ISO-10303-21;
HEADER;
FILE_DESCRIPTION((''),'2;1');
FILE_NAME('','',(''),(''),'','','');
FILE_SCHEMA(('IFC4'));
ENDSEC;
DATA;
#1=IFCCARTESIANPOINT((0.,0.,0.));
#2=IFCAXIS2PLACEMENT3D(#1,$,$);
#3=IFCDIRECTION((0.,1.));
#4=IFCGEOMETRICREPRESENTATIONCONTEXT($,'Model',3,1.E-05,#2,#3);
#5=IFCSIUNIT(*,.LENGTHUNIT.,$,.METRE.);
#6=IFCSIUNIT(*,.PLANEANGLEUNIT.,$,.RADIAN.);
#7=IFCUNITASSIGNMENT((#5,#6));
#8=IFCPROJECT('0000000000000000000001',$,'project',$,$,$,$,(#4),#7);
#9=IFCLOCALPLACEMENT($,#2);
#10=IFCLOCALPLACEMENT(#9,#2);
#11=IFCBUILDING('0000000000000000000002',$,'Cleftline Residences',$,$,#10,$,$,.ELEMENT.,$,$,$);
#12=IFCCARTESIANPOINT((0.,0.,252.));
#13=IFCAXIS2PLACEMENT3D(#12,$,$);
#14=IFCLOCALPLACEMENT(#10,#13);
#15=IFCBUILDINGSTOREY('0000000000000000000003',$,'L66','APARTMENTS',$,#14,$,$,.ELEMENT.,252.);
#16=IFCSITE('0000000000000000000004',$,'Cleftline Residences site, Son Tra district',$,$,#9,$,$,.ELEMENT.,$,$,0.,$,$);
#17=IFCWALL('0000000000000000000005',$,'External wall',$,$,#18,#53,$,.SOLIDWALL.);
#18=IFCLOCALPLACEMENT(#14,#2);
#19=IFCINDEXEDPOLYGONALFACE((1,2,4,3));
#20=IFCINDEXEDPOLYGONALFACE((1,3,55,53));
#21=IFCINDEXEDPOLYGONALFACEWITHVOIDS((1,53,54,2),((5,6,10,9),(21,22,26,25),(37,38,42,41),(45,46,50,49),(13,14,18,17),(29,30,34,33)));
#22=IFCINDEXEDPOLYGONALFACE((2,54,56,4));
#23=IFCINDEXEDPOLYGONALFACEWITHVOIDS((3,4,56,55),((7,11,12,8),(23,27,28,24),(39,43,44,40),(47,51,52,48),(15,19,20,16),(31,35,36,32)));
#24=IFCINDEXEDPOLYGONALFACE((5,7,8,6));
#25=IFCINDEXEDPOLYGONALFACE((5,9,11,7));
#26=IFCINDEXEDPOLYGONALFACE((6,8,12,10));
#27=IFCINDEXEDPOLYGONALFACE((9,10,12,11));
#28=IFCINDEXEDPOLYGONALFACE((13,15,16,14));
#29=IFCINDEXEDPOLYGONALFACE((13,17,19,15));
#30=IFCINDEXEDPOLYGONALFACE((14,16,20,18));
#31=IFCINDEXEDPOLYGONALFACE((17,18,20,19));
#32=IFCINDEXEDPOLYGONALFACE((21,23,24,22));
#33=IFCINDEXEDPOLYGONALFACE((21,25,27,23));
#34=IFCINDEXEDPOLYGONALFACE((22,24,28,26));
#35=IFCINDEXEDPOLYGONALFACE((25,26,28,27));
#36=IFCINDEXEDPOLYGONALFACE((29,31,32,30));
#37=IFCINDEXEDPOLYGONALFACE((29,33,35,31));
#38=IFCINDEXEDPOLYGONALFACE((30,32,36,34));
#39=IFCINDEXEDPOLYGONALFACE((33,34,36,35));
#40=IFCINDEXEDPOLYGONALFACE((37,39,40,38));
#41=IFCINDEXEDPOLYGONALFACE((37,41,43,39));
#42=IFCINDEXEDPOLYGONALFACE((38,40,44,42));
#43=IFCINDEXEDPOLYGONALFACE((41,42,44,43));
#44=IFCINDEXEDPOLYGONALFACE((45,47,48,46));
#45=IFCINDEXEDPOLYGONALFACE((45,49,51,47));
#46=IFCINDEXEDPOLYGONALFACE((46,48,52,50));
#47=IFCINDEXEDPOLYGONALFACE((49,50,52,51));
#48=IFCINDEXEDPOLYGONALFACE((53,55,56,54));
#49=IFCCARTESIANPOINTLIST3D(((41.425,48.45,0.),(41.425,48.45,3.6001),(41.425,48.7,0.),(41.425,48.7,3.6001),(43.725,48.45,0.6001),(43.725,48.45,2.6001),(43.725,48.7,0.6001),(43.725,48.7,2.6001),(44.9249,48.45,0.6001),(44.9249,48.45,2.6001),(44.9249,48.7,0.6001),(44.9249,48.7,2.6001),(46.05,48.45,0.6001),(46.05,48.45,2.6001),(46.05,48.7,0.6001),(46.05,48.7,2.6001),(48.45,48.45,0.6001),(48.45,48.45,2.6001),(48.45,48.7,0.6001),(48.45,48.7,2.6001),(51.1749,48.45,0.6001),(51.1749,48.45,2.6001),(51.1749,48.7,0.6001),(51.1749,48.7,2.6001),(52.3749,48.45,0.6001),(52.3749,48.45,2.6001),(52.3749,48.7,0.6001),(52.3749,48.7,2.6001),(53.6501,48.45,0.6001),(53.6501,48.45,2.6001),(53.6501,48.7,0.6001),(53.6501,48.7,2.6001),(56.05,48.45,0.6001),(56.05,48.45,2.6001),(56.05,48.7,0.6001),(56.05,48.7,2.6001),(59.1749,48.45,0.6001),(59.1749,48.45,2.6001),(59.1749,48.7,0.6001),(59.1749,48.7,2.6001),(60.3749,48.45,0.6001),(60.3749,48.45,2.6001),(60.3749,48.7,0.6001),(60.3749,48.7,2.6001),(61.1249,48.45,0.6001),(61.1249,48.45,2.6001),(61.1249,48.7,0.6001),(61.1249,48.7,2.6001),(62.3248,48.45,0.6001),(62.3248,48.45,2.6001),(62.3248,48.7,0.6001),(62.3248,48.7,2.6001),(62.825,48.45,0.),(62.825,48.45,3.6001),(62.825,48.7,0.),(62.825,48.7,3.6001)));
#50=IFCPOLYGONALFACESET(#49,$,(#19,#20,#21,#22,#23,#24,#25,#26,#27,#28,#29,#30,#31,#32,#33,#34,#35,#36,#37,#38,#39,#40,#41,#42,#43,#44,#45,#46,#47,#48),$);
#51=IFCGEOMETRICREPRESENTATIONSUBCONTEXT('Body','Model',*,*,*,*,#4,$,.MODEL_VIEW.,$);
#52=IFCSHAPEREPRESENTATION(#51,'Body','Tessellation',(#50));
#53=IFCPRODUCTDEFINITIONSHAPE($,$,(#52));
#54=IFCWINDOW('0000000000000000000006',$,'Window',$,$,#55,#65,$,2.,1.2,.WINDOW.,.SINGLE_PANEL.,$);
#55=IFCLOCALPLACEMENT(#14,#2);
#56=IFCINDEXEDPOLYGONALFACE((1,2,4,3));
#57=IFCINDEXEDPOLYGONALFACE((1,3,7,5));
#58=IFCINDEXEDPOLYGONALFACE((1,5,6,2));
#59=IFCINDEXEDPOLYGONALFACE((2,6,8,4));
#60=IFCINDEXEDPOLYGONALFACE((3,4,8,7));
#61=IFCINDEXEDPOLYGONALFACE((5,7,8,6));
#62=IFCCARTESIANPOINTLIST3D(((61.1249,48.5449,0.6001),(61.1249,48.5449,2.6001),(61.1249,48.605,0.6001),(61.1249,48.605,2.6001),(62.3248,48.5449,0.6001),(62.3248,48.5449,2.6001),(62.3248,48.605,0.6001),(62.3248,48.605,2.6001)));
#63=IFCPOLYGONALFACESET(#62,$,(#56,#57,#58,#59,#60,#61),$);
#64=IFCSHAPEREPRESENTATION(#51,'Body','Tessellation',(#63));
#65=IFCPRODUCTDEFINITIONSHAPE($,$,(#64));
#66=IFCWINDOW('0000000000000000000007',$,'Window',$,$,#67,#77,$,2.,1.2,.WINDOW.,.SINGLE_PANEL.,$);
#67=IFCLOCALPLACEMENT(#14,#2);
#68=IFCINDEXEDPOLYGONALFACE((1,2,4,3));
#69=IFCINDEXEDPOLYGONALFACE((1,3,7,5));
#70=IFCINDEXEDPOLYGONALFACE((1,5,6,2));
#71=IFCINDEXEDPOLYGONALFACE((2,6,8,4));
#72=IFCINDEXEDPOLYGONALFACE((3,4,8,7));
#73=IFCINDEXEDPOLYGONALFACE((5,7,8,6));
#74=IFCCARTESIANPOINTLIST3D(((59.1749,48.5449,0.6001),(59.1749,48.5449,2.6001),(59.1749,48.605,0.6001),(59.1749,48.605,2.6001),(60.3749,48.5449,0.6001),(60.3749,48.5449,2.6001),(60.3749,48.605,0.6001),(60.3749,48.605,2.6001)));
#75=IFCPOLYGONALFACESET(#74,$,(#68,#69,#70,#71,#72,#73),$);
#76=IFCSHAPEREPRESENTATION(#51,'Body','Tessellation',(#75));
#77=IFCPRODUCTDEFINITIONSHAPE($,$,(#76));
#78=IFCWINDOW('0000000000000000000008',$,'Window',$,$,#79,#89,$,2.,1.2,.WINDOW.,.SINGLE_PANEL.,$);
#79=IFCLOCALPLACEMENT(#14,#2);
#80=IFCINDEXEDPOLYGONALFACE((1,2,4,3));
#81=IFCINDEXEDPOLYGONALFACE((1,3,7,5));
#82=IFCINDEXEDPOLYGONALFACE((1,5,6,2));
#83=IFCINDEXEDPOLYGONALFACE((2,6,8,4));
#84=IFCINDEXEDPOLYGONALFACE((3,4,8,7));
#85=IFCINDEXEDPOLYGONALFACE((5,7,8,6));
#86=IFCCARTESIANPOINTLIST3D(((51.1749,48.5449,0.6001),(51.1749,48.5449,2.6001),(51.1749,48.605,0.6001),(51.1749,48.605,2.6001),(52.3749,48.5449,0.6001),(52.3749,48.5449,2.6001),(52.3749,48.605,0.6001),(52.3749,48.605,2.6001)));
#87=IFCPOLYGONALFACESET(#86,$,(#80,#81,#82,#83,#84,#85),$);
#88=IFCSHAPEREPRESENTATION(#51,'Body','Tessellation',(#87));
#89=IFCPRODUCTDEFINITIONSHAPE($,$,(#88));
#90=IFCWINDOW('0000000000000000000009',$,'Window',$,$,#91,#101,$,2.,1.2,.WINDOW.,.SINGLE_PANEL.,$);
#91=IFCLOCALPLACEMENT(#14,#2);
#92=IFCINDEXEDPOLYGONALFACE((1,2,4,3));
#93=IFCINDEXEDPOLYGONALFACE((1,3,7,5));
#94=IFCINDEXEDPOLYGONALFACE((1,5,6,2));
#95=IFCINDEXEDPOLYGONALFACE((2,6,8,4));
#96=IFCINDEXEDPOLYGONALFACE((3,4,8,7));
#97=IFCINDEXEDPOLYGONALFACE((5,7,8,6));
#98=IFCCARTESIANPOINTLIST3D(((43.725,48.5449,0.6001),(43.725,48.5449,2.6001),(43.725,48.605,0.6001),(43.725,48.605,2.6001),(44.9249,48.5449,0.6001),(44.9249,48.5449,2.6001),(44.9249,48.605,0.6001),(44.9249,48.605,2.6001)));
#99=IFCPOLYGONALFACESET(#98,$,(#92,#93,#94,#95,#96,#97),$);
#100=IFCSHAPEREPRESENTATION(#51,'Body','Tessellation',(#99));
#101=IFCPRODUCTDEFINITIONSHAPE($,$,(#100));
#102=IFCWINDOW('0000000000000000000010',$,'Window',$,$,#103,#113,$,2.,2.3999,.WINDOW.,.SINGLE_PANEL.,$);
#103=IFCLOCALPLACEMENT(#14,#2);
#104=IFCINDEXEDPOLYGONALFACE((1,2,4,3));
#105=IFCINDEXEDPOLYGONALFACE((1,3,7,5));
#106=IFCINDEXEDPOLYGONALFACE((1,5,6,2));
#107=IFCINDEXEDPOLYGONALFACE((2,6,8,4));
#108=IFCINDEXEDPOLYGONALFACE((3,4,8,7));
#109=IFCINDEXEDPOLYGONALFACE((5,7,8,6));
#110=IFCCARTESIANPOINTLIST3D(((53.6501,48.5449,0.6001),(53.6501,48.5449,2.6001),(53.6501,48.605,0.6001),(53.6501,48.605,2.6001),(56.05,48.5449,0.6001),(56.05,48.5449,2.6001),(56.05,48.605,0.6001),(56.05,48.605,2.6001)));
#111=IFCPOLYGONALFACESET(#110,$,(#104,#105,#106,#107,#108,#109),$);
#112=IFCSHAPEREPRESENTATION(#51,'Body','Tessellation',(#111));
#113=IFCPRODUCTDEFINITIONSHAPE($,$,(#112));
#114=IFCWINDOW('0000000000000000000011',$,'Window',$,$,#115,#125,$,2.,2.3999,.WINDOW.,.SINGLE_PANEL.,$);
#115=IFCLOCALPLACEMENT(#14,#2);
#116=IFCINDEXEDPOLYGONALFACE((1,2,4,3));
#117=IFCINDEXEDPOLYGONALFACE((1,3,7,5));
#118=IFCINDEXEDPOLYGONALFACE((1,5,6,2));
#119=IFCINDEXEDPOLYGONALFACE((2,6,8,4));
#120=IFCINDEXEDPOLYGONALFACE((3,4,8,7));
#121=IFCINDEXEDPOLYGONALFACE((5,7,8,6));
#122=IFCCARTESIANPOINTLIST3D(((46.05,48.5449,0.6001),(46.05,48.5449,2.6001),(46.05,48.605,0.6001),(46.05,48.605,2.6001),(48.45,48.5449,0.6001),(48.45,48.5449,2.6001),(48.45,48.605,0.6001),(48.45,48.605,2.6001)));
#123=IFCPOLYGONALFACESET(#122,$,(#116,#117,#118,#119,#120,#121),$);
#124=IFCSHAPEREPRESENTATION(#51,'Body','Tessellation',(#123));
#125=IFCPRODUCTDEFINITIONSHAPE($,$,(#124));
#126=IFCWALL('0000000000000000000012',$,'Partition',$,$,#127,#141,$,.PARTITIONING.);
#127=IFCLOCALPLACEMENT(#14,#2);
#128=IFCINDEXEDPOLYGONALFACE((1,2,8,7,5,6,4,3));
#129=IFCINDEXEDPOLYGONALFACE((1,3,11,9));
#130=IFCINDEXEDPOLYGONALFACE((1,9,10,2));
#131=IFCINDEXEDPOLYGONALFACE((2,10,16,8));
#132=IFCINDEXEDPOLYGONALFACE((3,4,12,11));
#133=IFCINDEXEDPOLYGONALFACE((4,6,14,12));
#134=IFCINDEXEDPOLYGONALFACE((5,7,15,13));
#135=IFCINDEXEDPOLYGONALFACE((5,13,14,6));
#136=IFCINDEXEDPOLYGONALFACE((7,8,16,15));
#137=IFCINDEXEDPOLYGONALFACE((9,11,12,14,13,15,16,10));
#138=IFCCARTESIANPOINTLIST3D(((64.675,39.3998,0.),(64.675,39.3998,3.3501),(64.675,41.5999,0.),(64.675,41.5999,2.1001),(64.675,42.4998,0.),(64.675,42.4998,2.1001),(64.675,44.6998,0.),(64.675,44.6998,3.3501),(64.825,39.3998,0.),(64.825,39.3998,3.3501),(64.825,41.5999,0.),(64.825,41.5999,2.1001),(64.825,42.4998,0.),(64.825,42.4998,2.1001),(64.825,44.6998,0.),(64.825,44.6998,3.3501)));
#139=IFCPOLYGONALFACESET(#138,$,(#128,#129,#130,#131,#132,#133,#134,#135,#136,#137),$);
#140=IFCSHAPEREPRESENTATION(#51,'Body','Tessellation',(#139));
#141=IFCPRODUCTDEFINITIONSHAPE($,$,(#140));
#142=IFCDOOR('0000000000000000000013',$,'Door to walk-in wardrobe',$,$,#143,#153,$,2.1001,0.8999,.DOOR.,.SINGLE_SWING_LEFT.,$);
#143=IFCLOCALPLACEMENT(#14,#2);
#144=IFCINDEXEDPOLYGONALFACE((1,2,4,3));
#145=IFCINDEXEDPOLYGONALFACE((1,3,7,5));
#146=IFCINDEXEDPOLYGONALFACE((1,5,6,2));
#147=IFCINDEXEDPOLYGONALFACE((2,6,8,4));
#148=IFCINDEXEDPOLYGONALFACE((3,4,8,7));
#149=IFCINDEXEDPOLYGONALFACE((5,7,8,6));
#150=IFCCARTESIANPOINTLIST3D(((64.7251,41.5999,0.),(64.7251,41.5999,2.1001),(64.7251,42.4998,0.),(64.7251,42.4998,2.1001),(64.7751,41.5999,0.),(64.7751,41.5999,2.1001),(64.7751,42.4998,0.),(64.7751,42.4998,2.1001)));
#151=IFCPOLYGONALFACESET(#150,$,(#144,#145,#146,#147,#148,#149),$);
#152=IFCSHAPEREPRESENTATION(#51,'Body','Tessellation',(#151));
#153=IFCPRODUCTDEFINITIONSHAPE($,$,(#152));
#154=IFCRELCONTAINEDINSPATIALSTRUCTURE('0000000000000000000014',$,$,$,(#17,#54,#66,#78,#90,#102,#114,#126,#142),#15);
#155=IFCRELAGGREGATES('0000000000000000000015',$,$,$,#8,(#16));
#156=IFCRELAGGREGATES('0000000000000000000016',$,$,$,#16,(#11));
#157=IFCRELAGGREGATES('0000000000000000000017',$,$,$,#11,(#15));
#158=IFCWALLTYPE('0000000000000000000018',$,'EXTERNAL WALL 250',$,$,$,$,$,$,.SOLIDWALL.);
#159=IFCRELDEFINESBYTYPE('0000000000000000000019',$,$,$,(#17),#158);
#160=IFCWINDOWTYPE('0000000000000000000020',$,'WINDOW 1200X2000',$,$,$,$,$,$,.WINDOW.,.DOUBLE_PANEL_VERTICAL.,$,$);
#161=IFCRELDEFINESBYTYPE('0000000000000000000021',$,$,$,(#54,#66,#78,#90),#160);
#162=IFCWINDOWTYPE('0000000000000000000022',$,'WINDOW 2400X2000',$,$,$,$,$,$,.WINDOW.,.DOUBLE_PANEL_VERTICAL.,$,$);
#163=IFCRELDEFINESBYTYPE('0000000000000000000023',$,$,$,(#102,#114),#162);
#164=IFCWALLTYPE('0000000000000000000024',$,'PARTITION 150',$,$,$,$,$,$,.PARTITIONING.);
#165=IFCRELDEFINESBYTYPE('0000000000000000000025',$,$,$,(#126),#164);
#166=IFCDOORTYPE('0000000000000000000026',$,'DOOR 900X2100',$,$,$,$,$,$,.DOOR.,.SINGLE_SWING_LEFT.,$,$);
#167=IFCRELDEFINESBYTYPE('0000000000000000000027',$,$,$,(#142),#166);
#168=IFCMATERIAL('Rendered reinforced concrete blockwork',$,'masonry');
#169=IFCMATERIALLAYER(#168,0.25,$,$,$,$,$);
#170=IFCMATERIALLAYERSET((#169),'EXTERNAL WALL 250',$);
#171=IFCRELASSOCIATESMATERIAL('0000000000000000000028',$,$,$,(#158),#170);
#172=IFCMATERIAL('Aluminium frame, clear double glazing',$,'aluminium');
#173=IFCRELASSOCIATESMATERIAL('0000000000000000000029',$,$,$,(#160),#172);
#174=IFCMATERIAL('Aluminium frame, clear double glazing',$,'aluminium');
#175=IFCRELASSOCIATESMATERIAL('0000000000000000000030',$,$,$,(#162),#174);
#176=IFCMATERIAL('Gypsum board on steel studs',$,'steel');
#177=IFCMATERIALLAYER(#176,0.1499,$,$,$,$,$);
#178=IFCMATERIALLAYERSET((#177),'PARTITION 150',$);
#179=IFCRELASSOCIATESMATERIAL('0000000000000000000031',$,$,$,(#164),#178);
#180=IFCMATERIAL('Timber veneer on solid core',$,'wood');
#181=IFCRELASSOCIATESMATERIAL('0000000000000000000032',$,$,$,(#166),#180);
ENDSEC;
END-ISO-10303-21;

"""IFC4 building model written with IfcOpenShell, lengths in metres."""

from ifc_helpers import new_model, si_unit, direction, frame, frame_2d, origin, place, context, subcontext, project, spatial, rectangle, extrude, material, layer, layer_set, type_object, element, fill, save


model = new_model("IFC4")

# Units and contexts
model_context = context("Model", 3, precision=1e-05, world=origin(), true_north=direction((0.0, 1.0)))
body_context = subcontext(model_context, "Body", "Model", "MODEL_VIEW")
ifc_project = project(units=[si_unit("LENGTHUNIT", "METRE"), si_unit("PLANEANGLEUNIT", "RADIAN")], contexts=[model_context])

# Site, building, storey
site_placement = place(None, origin())
site = spatial("IfcSite", under=ifc_project, at=site_placement, Name="Cleftline Residences site, Son Tra district", CompositionType="ELEMENT", RefElevation=0.0)
building_placement = place(site_placement, origin())
building = spatial("IfcBuilding", under=site, at=building_placement, Name="Cleftline Residences", CompositionType="ELEMENT")
storey_placement = place(building_placement, frame((0.0, 0.0, 252.0)))
storey = spatial("IfcBuildingStorey", under=building, at=storey_placement, Name="L66", Description="APARTMENTS", CompositionType="ELEMENT", Elevation=252.0)

# Shared definitions
ifc_material_1 = material(Name="Rendered reinforced concrete blockwork", Category="masonry")
ifc_layer_1 = layer(ifc_material_1, 0.25)
ifc_layer_set_1 = layer_set([ifc_layer_1], Name="EXTERNAL WALL 250")
wall_type_1 = type_object("IfcWallType", Name="EXTERNAL WALL 250", PredefinedType="SOLIDWALL", material=ifc_layer_set_1)
ifc_material_2 = material(Name="Aluminium frame, clear double glazing", Category="aluminium")
window_type_1 = type_object("IfcWindowType", Name="WINDOW 1200X2000", PartitioningType="DOUBLE_PANEL_VERTICAL", PredefinedType="WINDOW", material=ifc_material_2)

# Shared definitions
ifc_material_3 = material(Name="Aluminium frame, clear double glazing", Category="aluminium")
window_type_2 = type_object("IfcWindowType", Name="WINDOW 2400X2000", PartitioningType="DOUBLE_PANEL_VERTICAL", PredefinedType="WINDOW", material=ifc_material_3)

# Wall, openings, windows
wall_1_placement = place(storey_placement, frame((62.825, 48.575, 0.0), z_axis=(0.0, 0.0, 1.0), x_axis=(-1.0, 0.0, 0.0)))
wall_1 = element("IfcWall", 1, at=wall_1_placement, inside=storey, type_object=wall_type_1, Name="External wall", PredefinedType="SOLIDWALL", context=body_context, shape_type="SweptSolid", body=[
    extrude(rectangle(XDim=21.3999, YDim=0.25, at=frame_2d((10.7, 0.0))), origin(), (0.0, 0.0, 1.0), 3.6001),
])
opening_1_placement = place(wall_1_placement, frame((0.5, 0.0, 0.6001)))
opening_1 = element("IfcOpeningElement", 2, at=opening_1_placement, cuts=wall_1, PredefinedType="OPENING", context=body_context, shape_type="SweptSolid", body=[
    extrude(rectangle(XDim=1.2, YDim=2.0, at=frame_2d((0.6001, 1.0))), frame((0.0, 0.135, 0.0), z_axis=(0.0, -1.0, 0.0), x_axis=(1.0, 0.0, 0.0)), (0.0, 0.0, 1.0), 0.27),
])
opening_2_placement = place(wall_1_placement, frame((2.45, 0.0, 0.6001)))
opening_2 = element("IfcOpeningElement", 3, at=opening_2_placement, cuts=wall_1, PredefinedType="OPENING", context=body_context, shape_type="SweptSolid", body=[
    extrude(rectangle(XDim=1.2, YDim=2.0, at=frame_2d((0.6001, 1.0))), frame((0.0, 0.135, 0.0), z_axis=(0.0, -1.0, 0.0), x_axis=(1.0, 0.0, 0.0)), (0.0, 0.0, 1.0), 0.27),
])
opening_3_placement = place(wall_1_placement, frame((6.7749, 0.0, 0.6001)))
opening_3 = element("IfcOpeningElement", 4, at=opening_3_placement, cuts=wall_1, PredefinedType="OPENING", context=body_context, shape_type="SweptSolid", body=[
    extrude(rectangle(XDim=2.3999, YDim=2.0, at=frame_2d((1.2, 1.0))), frame((0.0, 0.135, 0.0), z_axis=(0.0, -1.0, 0.0), x_axis=(1.0, 0.0, 0.0)), (0.0, 0.0, 1.0), 0.27),
])
opening_4_placement = place(wall_1_placement, frame((10.45, 0.0, 0.6001)))
opening_4 = element("IfcOpeningElement", 5, at=opening_4_placement, cuts=wall_1, PredefinedType="OPENING", context=body_context, shape_type="SweptSolid", body=[
    extrude(rectangle(XDim=1.2, YDim=2.0, at=frame_2d((0.6001, 1.0))), frame((0.0, 0.135, 0.0), z_axis=(0.0, -1.0, 0.0), x_axis=(1.0, 0.0, 0.0)), (0.0, 0.0, 1.0), 0.27),
])
opening_5_placement = place(wall_1_placement, frame((14.375, 0.0, 0.6001)))
opening_5 = element("IfcOpeningElement", 6, at=opening_5_placement, cuts=wall_1, PredefinedType="OPENING", context=body_context, shape_type="SweptSolid", body=[
    extrude(rectangle(XDim=2.3999, YDim=2.0, at=frame_2d((1.2, 1.0))), frame((0.0, 0.135, 0.0), z_axis=(0.0, -1.0, 0.0), x_axis=(1.0, 0.0, 0.0)), (0.0, 0.0, 1.0), 0.27),
])
opening_6_placement = place(wall_1_placement, frame((17.8999, 0.0, 0.6001)))
opening_6 = element("IfcOpeningElement", 7, at=opening_6_placement, cuts=wall_1, PredefinedType="OPENING", context=body_context, shape_type="SweptSolid", body=[
    extrude(rectangle(XDim=1.2, YDim=2.0, at=frame_2d((0.6001, 1.0))), frame((0.0, 0.135, 0.0), z_axis=(0.0, -1.0, 0.0), x_axis=(1.0, 0.0, 0.0)), (0.0, 0.0, 1.0), 0.27),
])
window_1_placement = place(opening_1_placement, origin())
window_1 = element("IfcWindow", 8, at=window_1_placement, inside=storey, type_object=window_type_1, Name="Window", OverallHeight=2.0, OverallWidth=1.2, PartitioningType="SINGLE_PANEL", PredefinedType="WINDOW", context=body_context, shape_type="SweptSolid", body=[
    extrude(rectangle(XDim=1.2, YDim=2.0, at=frame_2d((0.6001, 1.0))), frame((0.0, 0.03, 0.0), z_axis=(0.0, -1.0, 0.0), x_axis=(1.0, 0.0, 0.0)), (0.0, 0.0, 1.0), 0.0601),
])
fill(opening_1, window_1)
window_2_placement = place(opening_2_placement, origin())
window_2 = element("IfcWindow", 9, at=window_2_placement, inside=storey, type_object=window_type_1, Name="Window", OverallHeight=2.0, OverallWidth=1.2, PartitioningType="SINGLE_PANEL", PredefinedType="WINDOW", context=body_context, shape_type="SweptSolid", body=[
    extrude(rectangle(XDim=1.2, YDim=2.0, at=frame_2d((0.6001, 1.0))), frame((0.0, 0.03, 0.0), z_axis=(0.0, -1.0, 0.0), x_axis=(1.0, 0.0, 0.0)), (0.0, 0.0, 1.0), 0.0601),
])
fill(opening_2, window_2)
window_3_placement = place(opening_4_placement, origin())
window_3 = element("IfcWindow", 10, at=window_3_placement, inside=storey, type_object=window_type_1, Name="Window", OverallHeight=2.0, OverallWidth=1.2, PartitioningType="SINGLE_PANEL", PredefinedType="WINDOW", context=body_context, shape_type="SweptSolid", body=[
    extrude(rectangle(XDim=1.2, YDim=2.0, at=frame_2d((0.6001, 1.0))), frame((0.0, 0.03, 0.0), z_axis=(0.0, -1.0, 0.0), x_axis=(1.0, 0.0, 0.0)), (0.0, 0.0, 1.0), 0.0601),
])
fill(opening_4, window_3)
window_4_placement = place(opening_6_placement, origin())
window_4 = element("IfcWindow", 11, at=window_4_placement, inside=storey, type_object=window_type_1, Name="Window", OverallHeight=2.0, OverallWidth=1.2, PartitioningType="SINGLE_PANEL", PredefinedType="WINDOW", context=body_context, shape_type="SweptSolid", body=[
    extrude(rectangle(XDim=1.2, YDim=2.0, at=frame_2d((0.6001, 1.0))), frame((0.0, 0.03, 0.0), z_axis=(0.0, -1.0, 0.0), x_axis=(1.0, 0.0, 0.0)), (0.0, 0.0, 1.0), 0.0601),
])
fill(opening_6, window_4)
window_5_placement = place(opening_3_placement, origin())
window_5 = element("IfcWindow", 12, at=window_5_placement, inside=storey, type_object=window_type_2, Name="Window", OverallHeight=2.0, OverallWidth=2.3999, PartitioningType="SINGLE_PANEL", PredefinedType="WINDOW", context=body_context, shape_type="SweptSolid", body=[
    extrude(rectangle(XDim=2.3999, YDim=2.0, at=frame_2d((1.2, 1.0))), frame((0.0, 0.03, 0.0), z_axis=(0.0, -1.0, 0.0), x_axis=(1.0, 0.0, 0.0)), (0.0, 0.0, 1.0), 0.0601),
])
fill(opening_3, window_5)
window_6_placement = place(opening_5_placement, origin())
window_6 = element("IfcWindow", 13, at=window_6_placement, inside=storey, type_object=window_type_2, Name="Window", OverallHeight=2.0, OverallWidth=2.3999, PartitioningType="SINGLE_PANEL", PredefinedType="WINDOW", context=body_context, shape_type="SweptSolid", body=[
    extrude(rectangle(XDim=2.3999, YDim=2.0, at=frame_2d((1.2, 1.0))), frame((0.0, 0.03, 0.0), z_axis=(0.0, -1.0, 0.0), x_axis=(1.0, 0.0, 0.0)), (0.0, 0.0, 1.0), 0.0601),
])
fill(opening_5, window_6)

# Wall, opening, door
ifc_material_4 = material(Name="Gypsum board on steel studs", Category="steel")
ifc_layer_2 = layer(ifc_material_4, 0.1499)
ifc_layer_set_2 = layer_set([ifc_layer_2], Name="PARTITION 150")
wall_type_2 = type_object("IfcWallType", Name="PARTITION 150", PredefinedType="PARTITIONING", material=ifc_layer_set_2)
wall_2_placement = place(storey_placement, frame((64.75, 39.3999, 0.0), z_axis=(0.0, 0.0, 1.0), x_axis=(0.0, 1.0, 0.0)))
wall_2 = element("IfcWall", 14, at=wall_2_placement, inside=storey, type_object=wall_type_2, Name="Partition", PredefinedType="PARTITIONING", context=body_context, shape_type="SweptSolid", body=[
    extrude(rectangle(XDim=5.3, YDim=0.1499, at=frame_2d((2.6499, 0.0))), origin(), (0.0, 0.0, 1.0), 3.3501),
])
opening_7_placement = place(wall_2_placement, frame((2.2, 0.0, 0.0)))
opening_7 = element("IfcOpeningElement", 15, at=opening_7_placement, cuts=wall_2, PredefinedType="OPENING", context=body_context, shape_type="SweptSolid", body=[
    extrude(rectangle(XDim=0.8999, YDim=2.1001, at=frame_2d((0.45, 1.05))), frame((0.0, 0.085, 0.0), z_axis=(0.0, -1.0, 0.0), x_axis=(1.0, 0.0, 0.0)), (0.0, 0.0, 1.0), 0.1699),
])
ifc_material_5 = material(Name="Timber veneer on solid core", Category="wood")
door_type = type_object("IfcDoorType", Name="DOOR 900X2100", OperationType="SINGLE_SWING_LEFT", PredefinedType="DOOR", material=ifc_material_5)
door_placement = place(opening_7_placement, origin())
door = element("IfcDoor", 16, at=door_placement, inside=storey, type_object=door_type, Name="Door to walk-in wardrobe", OperationType="SINGLE_SWING_LEFT", OverallHeight=2.1001, OverallWidth=0.8999, PredefinedType="DOOR", context=body_context, shape_type="SweptSolid", body=[
    extrude(rectangle(XDim=0.8999, YDim=2.1001, at=frame_2d((0.45, 1.05))), frame((0.0, 0.0249, 0.0), z_axis=(0.0, -1.0, 0.0), x_axis=(1.0, 0.0, 0.0)), (0.0, 0.0, 1.0), 0.05),
])
fill(opening_7, door)

save(model, "model.ifc")
